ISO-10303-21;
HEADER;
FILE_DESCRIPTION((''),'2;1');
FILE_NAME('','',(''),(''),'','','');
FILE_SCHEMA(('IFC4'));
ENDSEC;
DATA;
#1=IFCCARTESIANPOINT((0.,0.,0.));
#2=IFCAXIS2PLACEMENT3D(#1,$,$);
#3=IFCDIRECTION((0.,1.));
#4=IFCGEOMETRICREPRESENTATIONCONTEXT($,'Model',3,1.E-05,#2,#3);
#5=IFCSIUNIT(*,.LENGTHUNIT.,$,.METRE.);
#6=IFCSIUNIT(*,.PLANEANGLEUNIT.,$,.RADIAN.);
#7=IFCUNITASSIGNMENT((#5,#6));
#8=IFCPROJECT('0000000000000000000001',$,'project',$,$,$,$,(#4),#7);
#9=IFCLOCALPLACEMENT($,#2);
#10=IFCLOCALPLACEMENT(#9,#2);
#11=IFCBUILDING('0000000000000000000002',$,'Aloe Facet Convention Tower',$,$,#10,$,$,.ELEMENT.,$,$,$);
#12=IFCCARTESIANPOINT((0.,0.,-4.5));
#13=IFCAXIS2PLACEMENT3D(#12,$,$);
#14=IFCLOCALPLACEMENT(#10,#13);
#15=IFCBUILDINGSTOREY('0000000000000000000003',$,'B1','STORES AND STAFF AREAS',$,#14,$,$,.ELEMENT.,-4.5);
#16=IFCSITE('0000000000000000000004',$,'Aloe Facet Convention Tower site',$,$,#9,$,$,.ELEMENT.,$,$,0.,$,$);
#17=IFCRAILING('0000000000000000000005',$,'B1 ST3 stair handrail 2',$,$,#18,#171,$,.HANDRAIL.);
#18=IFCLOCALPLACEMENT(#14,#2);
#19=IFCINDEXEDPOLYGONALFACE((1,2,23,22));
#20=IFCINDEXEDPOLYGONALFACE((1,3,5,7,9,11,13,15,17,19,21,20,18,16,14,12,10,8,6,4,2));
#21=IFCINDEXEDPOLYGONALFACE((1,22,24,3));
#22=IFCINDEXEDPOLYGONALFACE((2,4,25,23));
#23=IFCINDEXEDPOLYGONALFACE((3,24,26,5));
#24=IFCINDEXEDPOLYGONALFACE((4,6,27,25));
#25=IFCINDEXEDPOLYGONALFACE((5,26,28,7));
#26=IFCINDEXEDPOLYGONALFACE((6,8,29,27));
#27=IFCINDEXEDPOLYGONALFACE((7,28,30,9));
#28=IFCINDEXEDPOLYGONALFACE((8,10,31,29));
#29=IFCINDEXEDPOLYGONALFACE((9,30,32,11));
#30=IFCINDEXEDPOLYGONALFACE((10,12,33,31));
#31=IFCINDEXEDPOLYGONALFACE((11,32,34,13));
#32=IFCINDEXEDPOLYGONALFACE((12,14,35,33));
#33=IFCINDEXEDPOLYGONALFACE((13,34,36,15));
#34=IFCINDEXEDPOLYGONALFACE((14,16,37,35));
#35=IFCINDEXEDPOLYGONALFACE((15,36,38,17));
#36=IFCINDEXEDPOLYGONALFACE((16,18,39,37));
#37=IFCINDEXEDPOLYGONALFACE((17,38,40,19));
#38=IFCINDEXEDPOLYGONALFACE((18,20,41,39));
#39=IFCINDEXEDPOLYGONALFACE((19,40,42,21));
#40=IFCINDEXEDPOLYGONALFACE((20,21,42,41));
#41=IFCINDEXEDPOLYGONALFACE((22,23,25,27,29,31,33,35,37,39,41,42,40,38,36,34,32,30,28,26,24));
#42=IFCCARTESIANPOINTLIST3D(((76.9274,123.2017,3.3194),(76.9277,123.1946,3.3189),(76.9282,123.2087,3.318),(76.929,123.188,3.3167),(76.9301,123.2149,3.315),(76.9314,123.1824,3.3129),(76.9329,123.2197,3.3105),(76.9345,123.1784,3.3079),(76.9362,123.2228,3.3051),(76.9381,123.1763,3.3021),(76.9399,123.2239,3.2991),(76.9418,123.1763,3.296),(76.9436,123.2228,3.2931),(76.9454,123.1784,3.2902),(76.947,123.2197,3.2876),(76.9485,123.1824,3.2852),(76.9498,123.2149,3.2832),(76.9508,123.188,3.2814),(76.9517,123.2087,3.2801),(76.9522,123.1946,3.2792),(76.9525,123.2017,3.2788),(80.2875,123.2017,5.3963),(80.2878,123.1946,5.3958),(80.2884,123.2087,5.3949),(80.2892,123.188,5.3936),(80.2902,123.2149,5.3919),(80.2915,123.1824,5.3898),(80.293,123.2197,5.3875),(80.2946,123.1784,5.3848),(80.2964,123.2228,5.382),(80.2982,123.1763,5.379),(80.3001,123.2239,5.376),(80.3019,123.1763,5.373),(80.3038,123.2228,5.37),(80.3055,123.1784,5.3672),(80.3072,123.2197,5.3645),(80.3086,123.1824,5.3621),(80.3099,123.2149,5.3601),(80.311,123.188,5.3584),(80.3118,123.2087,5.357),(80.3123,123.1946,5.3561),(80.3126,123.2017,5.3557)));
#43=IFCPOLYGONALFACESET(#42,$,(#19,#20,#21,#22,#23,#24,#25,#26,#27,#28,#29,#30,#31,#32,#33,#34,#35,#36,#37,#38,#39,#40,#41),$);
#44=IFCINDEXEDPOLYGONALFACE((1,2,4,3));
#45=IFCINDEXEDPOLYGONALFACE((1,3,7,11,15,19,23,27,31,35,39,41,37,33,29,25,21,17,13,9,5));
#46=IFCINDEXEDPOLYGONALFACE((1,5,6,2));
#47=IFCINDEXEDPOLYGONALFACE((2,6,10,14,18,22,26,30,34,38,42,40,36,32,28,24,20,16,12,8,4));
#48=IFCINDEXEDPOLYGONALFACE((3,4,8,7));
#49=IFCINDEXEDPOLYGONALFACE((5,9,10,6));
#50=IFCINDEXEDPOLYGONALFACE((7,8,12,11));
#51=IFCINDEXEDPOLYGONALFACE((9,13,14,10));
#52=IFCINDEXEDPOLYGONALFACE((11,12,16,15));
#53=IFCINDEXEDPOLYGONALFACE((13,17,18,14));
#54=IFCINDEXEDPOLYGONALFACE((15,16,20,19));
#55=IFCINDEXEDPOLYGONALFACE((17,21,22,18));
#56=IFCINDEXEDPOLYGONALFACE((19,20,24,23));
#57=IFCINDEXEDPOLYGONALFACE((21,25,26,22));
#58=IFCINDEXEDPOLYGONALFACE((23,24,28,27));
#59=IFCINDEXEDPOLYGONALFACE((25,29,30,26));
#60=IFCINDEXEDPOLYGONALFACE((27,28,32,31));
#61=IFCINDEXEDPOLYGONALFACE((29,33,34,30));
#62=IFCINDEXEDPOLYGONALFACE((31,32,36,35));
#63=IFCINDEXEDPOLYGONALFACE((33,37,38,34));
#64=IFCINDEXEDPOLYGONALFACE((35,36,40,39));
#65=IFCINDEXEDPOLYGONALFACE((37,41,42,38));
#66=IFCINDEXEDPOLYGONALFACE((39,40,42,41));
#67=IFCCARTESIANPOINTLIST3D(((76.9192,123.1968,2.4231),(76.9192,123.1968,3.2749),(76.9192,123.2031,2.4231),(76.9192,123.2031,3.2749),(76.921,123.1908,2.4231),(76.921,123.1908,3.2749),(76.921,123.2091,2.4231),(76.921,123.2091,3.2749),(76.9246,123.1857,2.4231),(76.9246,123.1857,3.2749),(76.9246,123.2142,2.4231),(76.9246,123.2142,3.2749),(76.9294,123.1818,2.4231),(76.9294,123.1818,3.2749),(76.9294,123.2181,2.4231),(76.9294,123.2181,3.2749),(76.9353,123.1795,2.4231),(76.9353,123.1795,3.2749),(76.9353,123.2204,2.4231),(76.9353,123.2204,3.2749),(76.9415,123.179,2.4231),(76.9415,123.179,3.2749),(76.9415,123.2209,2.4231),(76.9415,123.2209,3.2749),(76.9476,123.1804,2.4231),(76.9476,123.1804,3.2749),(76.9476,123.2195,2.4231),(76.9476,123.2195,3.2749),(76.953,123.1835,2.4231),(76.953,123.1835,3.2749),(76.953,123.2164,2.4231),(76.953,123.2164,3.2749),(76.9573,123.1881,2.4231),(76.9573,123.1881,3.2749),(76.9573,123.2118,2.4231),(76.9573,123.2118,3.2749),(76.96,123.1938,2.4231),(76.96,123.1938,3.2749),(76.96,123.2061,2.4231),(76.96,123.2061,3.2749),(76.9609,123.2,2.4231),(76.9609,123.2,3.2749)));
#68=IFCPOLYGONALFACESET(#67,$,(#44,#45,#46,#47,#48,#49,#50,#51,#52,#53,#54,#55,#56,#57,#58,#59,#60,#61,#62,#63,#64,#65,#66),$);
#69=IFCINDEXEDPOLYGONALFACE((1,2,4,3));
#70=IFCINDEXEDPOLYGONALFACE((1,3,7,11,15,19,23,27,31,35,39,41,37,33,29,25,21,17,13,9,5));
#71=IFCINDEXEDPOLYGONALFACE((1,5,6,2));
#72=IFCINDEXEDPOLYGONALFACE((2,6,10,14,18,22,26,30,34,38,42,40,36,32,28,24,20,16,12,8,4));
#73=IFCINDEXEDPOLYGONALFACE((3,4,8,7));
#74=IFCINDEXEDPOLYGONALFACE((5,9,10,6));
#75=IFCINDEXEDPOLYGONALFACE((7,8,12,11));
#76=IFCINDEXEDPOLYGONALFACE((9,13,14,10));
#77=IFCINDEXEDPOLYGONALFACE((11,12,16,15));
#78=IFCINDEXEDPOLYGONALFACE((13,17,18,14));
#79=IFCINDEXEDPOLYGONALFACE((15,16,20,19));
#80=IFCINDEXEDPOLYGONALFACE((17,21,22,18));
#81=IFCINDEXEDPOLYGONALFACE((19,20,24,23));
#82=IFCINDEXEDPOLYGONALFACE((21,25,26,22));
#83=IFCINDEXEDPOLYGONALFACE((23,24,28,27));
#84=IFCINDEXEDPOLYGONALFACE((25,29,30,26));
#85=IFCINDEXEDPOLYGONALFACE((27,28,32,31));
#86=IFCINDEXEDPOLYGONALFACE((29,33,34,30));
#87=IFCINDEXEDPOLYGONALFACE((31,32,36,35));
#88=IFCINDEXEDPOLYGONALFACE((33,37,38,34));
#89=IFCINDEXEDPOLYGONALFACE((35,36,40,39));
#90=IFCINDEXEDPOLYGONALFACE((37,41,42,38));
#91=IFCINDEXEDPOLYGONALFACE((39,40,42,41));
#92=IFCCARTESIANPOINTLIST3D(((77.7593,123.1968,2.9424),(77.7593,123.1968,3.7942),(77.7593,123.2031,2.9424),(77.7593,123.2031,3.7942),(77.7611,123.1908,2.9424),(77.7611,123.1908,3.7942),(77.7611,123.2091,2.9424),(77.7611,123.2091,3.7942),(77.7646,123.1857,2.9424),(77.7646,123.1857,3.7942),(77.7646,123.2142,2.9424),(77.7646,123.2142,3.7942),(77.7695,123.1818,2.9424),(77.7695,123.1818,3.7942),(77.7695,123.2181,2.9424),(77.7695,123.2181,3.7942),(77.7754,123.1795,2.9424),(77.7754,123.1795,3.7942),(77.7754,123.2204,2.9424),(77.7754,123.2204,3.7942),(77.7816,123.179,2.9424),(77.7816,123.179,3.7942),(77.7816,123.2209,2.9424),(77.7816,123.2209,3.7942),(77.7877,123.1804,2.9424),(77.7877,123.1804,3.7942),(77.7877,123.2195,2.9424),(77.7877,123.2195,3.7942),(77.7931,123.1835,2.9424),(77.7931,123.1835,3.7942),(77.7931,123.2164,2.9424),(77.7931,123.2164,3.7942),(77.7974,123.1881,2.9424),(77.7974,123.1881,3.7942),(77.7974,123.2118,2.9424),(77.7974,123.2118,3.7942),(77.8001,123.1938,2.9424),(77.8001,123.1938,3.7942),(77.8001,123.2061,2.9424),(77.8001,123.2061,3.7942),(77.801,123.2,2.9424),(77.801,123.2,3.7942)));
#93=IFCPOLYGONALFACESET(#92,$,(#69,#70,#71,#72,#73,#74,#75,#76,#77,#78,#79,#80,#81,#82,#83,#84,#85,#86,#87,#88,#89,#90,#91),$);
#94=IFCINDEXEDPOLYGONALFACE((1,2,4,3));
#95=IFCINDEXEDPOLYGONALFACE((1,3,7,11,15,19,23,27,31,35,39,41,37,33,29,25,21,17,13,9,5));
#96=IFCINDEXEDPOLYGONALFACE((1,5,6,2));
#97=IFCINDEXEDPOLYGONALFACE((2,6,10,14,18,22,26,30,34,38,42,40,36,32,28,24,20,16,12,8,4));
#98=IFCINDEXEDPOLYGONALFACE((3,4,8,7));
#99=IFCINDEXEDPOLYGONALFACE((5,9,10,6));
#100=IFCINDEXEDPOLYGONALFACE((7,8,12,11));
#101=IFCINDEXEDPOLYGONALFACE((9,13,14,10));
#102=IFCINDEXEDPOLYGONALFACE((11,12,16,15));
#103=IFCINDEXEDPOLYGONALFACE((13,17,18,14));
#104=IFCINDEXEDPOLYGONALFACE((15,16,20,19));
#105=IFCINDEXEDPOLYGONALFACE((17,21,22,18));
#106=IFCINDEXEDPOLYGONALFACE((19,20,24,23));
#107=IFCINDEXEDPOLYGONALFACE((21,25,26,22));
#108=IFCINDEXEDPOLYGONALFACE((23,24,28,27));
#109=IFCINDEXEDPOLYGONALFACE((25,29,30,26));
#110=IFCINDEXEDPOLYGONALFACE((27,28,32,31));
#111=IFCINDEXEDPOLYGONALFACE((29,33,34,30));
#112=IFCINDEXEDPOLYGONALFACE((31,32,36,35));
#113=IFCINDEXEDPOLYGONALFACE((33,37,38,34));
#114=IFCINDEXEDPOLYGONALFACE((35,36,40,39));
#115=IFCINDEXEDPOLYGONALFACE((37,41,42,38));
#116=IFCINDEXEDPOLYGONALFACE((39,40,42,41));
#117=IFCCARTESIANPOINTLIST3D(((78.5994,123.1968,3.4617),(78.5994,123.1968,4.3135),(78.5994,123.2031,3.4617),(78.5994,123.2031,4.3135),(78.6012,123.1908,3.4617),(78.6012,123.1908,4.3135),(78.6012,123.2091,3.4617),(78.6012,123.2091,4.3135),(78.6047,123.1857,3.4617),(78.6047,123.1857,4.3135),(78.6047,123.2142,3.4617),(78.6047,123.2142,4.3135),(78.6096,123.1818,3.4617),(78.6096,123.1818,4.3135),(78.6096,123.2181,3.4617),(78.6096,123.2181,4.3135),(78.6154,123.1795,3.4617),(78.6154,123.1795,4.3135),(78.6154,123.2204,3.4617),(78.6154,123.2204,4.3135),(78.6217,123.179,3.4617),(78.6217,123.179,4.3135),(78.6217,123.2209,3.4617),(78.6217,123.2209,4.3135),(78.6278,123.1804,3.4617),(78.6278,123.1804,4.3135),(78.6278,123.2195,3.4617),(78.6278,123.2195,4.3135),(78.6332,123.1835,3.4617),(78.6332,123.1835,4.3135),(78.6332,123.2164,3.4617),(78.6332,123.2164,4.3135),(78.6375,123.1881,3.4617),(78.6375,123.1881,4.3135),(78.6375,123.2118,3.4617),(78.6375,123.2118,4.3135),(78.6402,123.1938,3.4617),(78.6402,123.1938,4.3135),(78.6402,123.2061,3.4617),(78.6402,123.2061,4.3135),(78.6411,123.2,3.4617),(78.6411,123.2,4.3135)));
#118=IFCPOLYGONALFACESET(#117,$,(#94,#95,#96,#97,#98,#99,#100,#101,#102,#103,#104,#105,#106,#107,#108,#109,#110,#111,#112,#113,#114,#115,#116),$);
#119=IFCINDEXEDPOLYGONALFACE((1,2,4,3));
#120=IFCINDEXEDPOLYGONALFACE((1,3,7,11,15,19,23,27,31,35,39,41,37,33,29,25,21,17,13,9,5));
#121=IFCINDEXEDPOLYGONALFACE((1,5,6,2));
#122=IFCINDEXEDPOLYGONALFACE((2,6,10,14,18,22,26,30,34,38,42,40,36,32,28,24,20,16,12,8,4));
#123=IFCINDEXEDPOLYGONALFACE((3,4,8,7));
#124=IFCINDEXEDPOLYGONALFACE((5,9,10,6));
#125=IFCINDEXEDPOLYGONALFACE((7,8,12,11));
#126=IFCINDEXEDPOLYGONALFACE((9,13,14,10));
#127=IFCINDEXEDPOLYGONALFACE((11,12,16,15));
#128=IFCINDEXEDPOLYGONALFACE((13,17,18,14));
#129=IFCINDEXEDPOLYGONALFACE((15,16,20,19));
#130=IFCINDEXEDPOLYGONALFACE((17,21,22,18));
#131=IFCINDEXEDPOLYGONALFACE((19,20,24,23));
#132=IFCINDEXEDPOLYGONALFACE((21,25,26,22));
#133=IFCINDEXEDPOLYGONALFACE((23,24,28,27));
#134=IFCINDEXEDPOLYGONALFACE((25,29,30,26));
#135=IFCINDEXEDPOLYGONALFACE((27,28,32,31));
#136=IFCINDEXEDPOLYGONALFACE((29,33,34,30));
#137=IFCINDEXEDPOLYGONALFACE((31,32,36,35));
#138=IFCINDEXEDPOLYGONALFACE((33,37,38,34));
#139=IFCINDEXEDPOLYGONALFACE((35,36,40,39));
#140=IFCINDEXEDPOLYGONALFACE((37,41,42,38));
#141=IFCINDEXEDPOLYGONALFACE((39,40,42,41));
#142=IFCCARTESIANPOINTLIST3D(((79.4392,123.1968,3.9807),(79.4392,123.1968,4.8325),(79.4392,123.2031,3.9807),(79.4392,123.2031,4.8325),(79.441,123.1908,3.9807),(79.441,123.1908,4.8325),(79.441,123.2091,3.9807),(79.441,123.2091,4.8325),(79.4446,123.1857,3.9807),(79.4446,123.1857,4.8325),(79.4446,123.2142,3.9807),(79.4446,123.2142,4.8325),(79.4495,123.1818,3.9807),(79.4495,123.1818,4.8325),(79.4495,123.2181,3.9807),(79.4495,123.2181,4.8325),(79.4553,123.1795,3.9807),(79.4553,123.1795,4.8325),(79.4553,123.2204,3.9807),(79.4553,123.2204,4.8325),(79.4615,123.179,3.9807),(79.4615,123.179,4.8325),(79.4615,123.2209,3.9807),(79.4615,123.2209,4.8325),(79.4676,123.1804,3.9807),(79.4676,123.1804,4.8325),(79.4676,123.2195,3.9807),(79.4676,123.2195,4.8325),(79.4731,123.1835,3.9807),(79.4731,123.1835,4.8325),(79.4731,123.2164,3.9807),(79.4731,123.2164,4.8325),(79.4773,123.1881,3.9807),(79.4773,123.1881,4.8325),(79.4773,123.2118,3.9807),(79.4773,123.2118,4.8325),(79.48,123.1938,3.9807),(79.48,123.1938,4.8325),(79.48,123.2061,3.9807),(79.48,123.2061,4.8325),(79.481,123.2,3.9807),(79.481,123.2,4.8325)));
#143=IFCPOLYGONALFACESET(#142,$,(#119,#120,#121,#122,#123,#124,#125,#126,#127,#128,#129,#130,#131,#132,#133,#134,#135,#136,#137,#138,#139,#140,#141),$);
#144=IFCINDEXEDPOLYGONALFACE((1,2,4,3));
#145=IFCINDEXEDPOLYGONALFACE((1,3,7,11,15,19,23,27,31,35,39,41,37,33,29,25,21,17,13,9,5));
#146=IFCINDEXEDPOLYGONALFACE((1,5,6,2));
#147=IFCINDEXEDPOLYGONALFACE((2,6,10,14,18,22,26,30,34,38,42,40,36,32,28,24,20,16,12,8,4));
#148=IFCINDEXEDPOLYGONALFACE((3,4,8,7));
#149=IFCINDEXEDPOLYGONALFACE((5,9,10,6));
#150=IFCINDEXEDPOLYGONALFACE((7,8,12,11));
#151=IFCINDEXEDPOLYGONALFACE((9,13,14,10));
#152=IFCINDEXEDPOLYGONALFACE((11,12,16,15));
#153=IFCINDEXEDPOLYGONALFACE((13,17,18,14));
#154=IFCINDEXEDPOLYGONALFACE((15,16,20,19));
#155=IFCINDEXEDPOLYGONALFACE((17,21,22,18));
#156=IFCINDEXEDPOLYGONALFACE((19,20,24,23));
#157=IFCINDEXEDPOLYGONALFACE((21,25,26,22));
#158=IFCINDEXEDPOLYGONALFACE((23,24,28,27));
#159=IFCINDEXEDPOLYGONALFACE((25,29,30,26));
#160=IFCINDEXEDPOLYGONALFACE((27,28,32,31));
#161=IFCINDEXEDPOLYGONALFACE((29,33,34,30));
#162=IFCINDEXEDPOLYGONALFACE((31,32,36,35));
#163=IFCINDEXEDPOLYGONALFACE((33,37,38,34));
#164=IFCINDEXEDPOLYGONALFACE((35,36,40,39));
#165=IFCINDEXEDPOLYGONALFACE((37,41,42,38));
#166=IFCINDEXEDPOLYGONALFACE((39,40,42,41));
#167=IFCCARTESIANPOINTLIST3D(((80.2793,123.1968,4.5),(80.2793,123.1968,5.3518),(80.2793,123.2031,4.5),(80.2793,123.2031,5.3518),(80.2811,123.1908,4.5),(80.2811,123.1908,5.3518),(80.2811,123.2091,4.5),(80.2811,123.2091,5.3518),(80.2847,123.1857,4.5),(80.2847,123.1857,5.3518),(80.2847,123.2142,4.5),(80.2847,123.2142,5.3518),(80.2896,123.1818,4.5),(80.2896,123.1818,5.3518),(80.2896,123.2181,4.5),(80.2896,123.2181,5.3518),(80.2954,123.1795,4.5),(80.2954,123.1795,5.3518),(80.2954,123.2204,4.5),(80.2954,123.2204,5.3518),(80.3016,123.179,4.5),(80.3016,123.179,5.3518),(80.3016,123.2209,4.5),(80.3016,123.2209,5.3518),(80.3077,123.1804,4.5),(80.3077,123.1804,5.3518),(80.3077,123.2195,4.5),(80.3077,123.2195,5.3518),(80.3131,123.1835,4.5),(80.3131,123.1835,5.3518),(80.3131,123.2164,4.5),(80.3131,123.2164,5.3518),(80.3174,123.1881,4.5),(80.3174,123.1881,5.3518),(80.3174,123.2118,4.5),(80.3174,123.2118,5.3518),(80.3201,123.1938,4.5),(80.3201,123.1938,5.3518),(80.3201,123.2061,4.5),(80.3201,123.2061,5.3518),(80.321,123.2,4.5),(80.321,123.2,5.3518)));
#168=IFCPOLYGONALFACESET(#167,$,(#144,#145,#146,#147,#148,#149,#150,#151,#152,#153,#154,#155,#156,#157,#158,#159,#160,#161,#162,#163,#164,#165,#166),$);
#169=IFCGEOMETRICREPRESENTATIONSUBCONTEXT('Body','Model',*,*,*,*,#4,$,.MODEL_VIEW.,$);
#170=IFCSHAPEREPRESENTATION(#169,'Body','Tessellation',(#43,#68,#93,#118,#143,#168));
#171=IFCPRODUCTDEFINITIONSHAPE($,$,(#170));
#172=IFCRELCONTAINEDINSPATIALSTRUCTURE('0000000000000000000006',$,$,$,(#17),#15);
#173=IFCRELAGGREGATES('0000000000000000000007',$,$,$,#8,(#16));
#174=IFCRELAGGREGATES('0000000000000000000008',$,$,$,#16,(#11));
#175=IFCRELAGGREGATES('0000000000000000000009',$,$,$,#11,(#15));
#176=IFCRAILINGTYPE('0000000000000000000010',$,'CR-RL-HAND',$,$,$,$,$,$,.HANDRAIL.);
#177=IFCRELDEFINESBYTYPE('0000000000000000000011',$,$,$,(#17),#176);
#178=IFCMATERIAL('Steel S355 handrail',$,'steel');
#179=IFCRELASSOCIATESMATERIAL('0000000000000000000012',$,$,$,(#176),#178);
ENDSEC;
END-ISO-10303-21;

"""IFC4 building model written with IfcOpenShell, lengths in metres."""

from ifc_helpers import new_model, si_unit, direction, frame, origin, origin_2d, place, context, subcontext, project, spatial, circle, extrude, material, type_object, element, save


model = new_model("IFC4")

# Units and contexts
model_context = context("Model", 3, precision=1e-05, world=origin(), true_north=direction((0.0, 1.0)))
body_context = subcontext(model_context, "Body", "Model", "MODEL_VIEW")
ifc_project = project(units=[si_unit("LENGTHUNIT", "METRE"), si_unit("PLANEANGLEUNIT", "RADIAN")], contexts=[model_context])

# Site, building, storey
site_placement = place(None, origin())
site = spatial("IfcSite", under=ifc_project, at=site_placement, Name="Aloe Facet Convention Tower site", CompositionType="ELEMENT", RefElevation=0.0)
building_placement = place(site_placement, origin())
building = spatial("IfcBuilding", under=site, at=building_placement, Name="Aloe Facet Convention Tower", CompositionType="ELEMENT")
storey_placement = place(building_placement, frame((0.0, 0.0, -4.5)))
storey = spatial("IfcBuildingStorey", under=building, at=storey_placement, Name="B1", Description="STORES AND STAFF AREAS", CompositionType="ELEMENT", Elevation=-4.5)

# Railing
ifc_material_1 = material(Name="Steel S355 handrail", Category="steel")
railing_type_1 = type_object("IfcRailingType", Name="CR-RL-HAND", PredefinedType="HANDRAIL", material=ifc_material_1)
railing_1_placement = place(storey_placement, frame((76.9399, 123.2, 2.4231)))
element("IfcRailing", 1, at=railing_1_placement, inside=storey, type_object=railing_type_1, Name="B1 ST3 stair handrail 2", PredefinedType="HANDRAIL", context=body_context, shape_type="SweptSolid", body=[
    extrude(circle(Radius=0.0239, at=origin_2d()), frame((0.0, 0.0, 0.876), z_axis=(0.850623, 0.0, 0.525776), x_axis=(0.0, 1.0, 0.0)), (0.0, 0.0, 1.0), 3.9502),
    extrude(circle(Radius=0.021, at=origin_2d()), origin(), (0.0, 0.0, 1.0), 0.8518),
    extrude(circle(Radius=0.021, at=origin_2d()), frame((0.8401, 0.0, 0.5193)), (0.0, 0.0, 1.0), 0.8518),
    extrude(circle(Radius=0.021, at=origin_2d()), frame((1.6802, 0.0, 1.0386)), (0.0, 0.0, 1.0), 0.8518),
    extrude(circle(Radius=0.021, at=origin_2d()), frame((2.52, 0.0, 1.5576)), (0.0, 0.0, 1.0), 0.8518),
    extrude(circle(Radius=0.021, at=origin_2d()), frame((3.3601, 0.0, 2.0769)), (0.0, 0.0, 1.0), 0.8518),
])

save(model, "model.ifc")
